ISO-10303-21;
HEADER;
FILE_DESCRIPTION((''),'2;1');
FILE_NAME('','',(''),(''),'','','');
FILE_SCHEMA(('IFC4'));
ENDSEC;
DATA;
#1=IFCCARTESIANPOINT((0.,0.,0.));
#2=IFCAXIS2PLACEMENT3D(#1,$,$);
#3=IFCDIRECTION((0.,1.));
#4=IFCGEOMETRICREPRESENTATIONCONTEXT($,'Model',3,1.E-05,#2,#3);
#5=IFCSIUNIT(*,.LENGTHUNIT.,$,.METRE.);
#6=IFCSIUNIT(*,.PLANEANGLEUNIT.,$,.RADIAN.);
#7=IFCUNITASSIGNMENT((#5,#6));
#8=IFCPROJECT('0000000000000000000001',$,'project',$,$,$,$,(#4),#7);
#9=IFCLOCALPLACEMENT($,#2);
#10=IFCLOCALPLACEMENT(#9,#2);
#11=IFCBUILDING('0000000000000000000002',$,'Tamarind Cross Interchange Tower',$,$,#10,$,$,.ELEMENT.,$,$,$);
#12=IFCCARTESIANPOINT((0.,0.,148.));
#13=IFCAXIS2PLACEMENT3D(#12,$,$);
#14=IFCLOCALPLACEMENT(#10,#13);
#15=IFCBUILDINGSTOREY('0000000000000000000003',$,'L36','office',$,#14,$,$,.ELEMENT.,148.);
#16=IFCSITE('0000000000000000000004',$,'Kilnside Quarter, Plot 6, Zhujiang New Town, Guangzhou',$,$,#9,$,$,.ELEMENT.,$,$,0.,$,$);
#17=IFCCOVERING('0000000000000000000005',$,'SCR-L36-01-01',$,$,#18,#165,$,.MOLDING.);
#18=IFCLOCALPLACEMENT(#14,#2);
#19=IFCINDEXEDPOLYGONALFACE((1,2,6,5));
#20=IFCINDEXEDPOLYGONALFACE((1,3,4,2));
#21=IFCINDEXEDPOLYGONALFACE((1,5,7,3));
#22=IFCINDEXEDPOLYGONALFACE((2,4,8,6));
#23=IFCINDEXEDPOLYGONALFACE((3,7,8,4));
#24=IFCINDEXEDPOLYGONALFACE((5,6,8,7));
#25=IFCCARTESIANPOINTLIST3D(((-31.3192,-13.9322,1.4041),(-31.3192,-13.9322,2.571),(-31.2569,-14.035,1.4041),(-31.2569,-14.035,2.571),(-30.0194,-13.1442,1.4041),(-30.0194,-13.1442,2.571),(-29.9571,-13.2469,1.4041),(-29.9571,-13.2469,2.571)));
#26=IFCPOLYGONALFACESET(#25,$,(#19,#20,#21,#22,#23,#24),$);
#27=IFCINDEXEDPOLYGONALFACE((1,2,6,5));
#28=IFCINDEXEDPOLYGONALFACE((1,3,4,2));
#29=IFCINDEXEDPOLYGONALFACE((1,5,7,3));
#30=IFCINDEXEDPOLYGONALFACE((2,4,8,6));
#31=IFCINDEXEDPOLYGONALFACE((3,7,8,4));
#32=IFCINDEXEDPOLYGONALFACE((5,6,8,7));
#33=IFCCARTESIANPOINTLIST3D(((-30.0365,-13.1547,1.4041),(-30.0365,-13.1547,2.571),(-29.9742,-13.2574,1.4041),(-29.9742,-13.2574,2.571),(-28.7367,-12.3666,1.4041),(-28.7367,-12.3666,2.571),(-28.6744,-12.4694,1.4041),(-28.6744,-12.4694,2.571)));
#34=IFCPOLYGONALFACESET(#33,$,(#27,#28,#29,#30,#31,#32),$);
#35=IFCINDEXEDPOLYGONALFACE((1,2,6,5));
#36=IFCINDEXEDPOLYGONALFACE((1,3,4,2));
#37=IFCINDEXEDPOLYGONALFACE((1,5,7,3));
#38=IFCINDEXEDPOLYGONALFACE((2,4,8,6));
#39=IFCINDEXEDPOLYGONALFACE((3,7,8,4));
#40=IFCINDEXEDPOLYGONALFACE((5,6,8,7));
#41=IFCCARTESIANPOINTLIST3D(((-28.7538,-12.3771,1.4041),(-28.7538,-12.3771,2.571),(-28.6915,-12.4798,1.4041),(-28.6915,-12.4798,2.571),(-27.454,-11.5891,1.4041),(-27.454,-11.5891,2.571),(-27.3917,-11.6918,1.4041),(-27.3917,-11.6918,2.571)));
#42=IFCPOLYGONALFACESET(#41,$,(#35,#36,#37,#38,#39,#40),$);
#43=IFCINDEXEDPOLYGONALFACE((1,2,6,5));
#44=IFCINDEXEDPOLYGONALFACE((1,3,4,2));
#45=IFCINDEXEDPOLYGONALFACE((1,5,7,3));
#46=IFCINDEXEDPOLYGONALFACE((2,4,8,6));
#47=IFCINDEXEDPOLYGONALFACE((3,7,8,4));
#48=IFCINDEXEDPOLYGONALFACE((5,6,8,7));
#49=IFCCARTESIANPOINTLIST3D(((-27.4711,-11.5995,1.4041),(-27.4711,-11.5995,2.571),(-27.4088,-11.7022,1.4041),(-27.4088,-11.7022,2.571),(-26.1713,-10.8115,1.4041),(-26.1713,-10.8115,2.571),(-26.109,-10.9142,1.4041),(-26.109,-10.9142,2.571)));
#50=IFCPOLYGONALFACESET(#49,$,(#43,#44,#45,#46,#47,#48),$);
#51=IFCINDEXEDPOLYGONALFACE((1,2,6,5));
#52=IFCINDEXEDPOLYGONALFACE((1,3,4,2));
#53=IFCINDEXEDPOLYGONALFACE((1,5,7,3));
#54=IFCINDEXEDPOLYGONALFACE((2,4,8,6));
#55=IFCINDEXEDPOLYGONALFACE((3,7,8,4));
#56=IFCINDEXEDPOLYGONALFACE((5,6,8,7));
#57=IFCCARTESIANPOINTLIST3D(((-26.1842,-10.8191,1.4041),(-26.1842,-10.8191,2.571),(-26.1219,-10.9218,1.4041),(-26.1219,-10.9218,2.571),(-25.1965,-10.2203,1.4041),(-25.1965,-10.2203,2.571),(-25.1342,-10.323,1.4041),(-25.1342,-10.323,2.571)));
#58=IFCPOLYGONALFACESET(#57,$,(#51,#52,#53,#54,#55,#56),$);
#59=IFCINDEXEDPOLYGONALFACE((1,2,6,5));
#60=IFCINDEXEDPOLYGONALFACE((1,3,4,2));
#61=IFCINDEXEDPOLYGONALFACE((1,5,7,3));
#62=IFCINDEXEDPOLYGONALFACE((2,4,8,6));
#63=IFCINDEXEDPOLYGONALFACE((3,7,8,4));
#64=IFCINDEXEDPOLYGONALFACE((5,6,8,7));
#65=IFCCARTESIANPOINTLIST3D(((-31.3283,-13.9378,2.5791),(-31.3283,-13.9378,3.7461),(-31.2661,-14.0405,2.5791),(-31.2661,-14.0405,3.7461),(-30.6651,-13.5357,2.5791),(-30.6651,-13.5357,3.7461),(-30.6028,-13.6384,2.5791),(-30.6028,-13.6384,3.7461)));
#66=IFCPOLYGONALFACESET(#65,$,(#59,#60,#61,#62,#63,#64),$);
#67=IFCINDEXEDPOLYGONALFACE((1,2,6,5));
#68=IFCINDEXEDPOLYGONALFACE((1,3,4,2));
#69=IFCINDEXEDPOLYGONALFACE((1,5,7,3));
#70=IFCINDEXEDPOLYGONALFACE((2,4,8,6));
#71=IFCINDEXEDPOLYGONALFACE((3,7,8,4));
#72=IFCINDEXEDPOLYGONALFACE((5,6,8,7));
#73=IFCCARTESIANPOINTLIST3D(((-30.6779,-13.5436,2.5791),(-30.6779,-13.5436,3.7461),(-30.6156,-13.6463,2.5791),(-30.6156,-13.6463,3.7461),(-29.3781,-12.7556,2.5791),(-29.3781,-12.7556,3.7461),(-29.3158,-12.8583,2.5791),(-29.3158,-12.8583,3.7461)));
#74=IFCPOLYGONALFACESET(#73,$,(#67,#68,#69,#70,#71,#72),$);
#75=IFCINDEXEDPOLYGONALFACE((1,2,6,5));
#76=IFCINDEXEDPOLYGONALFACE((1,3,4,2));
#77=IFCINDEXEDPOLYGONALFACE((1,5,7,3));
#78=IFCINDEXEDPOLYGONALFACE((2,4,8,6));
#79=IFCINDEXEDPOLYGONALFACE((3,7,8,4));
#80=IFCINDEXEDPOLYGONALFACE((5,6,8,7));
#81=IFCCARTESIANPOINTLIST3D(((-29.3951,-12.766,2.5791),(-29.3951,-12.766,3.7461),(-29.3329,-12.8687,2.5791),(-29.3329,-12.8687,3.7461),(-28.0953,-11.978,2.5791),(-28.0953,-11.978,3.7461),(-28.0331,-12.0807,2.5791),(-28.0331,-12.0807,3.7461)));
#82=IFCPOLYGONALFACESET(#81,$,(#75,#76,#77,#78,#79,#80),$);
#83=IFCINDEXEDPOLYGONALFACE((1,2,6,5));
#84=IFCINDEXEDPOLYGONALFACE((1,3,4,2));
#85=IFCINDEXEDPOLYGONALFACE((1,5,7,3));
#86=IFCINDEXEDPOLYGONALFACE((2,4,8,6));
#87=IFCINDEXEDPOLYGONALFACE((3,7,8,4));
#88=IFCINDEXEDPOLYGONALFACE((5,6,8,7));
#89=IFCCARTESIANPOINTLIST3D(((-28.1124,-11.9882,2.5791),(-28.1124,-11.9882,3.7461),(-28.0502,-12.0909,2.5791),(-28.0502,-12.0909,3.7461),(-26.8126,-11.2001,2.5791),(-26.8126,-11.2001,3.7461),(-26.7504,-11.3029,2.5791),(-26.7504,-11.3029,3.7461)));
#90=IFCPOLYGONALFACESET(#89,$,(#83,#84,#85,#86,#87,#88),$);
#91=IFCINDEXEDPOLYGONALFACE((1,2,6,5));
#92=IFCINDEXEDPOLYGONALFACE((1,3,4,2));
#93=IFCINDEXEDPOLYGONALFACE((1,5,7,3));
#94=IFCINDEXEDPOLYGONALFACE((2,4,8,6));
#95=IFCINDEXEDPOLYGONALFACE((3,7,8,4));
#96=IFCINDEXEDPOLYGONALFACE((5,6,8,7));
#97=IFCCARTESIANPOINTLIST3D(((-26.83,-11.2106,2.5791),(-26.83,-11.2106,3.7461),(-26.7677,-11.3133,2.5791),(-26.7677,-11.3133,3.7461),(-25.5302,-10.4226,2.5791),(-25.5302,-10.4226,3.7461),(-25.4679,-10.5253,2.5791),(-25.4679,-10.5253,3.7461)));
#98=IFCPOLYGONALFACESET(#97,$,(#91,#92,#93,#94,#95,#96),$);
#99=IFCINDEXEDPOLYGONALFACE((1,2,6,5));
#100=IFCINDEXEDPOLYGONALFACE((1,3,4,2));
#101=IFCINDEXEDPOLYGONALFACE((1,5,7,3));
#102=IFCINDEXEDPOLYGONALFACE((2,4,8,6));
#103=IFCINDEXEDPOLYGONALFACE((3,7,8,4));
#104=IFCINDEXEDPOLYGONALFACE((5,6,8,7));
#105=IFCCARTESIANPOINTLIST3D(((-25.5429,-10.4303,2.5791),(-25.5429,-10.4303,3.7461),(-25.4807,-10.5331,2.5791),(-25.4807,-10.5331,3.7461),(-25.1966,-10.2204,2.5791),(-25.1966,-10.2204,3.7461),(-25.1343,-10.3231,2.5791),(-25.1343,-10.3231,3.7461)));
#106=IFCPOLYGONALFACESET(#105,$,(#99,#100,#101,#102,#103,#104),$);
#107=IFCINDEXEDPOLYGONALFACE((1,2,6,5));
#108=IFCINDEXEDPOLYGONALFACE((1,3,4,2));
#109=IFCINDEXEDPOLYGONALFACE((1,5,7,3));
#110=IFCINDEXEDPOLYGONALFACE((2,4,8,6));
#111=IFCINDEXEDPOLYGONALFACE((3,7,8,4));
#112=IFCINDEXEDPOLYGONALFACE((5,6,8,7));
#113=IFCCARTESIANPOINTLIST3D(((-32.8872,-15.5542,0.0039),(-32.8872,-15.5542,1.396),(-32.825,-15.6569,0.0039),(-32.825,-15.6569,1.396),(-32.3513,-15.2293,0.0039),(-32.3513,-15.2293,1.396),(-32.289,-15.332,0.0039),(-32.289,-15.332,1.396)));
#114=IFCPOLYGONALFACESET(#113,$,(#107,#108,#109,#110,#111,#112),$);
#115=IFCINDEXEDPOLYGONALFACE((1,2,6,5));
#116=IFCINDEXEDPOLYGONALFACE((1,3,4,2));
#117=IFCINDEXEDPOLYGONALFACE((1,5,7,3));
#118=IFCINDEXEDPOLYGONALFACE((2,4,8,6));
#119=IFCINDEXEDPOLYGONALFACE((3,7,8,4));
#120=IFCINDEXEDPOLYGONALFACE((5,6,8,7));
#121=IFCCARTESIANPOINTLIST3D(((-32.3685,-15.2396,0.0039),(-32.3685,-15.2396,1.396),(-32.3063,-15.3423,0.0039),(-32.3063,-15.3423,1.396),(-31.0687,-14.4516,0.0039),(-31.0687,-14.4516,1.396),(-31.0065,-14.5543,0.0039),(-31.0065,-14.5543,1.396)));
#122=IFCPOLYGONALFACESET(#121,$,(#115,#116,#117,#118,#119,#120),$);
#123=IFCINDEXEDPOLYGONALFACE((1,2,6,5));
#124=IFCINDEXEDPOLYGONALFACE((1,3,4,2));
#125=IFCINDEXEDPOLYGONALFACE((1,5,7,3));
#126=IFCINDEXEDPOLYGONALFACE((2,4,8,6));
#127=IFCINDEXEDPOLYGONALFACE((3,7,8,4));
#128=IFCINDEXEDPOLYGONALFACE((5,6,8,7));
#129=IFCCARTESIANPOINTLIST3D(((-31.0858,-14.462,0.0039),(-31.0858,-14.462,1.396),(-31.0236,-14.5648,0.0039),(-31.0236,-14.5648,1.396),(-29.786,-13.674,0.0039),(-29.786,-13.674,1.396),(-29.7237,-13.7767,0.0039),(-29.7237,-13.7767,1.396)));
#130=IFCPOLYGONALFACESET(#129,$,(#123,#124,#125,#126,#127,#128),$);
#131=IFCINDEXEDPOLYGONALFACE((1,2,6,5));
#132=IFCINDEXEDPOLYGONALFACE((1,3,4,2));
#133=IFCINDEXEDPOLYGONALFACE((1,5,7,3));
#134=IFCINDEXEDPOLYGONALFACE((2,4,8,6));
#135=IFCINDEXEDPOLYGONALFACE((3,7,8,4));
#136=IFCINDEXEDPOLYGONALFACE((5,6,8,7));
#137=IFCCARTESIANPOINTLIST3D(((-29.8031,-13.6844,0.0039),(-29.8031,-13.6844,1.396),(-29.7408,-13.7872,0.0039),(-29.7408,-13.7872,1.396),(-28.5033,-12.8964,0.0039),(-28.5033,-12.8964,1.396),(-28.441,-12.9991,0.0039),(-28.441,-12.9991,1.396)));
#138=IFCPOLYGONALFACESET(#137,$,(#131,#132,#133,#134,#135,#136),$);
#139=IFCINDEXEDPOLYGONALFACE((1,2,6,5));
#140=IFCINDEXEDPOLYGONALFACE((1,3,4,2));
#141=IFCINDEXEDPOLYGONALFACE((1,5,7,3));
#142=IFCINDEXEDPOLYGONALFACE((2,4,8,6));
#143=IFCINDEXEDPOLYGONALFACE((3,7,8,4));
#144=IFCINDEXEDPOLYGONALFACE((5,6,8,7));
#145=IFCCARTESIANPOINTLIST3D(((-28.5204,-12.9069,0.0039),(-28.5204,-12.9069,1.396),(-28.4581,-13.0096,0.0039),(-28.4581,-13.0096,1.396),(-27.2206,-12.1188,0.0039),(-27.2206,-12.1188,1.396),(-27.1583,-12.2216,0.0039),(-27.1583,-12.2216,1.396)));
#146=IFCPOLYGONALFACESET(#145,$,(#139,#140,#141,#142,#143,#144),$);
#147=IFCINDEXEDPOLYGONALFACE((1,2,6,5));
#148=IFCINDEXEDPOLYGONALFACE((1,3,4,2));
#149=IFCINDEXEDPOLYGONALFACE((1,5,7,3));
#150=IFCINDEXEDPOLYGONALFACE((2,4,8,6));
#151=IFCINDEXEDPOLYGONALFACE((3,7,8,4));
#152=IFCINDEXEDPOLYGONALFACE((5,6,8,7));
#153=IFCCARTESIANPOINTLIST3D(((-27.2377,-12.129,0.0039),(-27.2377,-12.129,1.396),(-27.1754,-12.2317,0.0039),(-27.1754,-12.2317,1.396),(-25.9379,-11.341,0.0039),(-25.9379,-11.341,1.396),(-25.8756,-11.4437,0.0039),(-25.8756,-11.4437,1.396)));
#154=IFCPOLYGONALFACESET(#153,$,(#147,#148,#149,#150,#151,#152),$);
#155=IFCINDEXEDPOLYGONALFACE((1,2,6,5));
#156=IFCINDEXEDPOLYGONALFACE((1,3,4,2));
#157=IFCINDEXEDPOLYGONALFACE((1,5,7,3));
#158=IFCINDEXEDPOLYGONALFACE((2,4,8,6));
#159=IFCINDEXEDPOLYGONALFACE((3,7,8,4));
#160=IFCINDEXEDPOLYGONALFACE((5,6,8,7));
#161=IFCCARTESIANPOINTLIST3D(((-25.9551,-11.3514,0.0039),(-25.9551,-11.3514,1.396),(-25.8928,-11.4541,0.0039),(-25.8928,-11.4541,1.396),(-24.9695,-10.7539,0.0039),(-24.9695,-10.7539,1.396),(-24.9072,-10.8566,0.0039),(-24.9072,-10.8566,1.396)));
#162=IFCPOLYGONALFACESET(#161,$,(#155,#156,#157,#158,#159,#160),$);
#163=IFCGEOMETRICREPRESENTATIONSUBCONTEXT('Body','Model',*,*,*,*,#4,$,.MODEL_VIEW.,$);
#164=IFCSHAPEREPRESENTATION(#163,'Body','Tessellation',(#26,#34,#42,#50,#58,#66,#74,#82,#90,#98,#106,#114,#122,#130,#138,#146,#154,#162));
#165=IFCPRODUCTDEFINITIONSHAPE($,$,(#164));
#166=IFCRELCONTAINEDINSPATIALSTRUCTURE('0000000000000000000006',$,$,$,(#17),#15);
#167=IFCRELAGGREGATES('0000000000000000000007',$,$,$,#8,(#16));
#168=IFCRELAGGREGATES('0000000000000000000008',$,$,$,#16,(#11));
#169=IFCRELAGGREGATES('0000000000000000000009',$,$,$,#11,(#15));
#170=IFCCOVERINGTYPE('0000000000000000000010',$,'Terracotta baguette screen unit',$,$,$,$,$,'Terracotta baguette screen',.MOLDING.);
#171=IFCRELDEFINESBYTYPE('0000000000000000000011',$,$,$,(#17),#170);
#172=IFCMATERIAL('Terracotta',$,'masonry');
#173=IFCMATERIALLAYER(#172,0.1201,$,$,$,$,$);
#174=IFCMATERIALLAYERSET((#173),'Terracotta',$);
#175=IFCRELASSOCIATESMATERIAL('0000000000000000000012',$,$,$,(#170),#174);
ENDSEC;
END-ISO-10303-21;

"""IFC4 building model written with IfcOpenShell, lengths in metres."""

from ifc_helpers import new_model, si_unit, direction, frame, origin, origin_2d, place, context, subcontext, project, spatial, rectangle, extrude, material, layer, layer_set, type_object, element, save


model = new_model("IFC4")

# Units and contexts
model_context = context("Model", 3, precision=1e-05, world=origin(), true_north=direction((0.0, 1.0)))
body_context = subcontext(model_context, "Body", "Model", "MODEL_VIEW")
ifc_project = project(units=[si_unit("LENGTHUNIT", "METRE"), si_unit("PLANEANGLEUNIT", "RADIAN")], contexts=[model_context])

# Site, building, storey
site_placement = place(None, origin())
site = spatial("IfcSite", under=ifc_project, at=site_placement, Name="Kilnside Quarter, Plot 6, Zhujiang New Town, Guangzhou", CompositionType="ELEMENT", RefElevation=0.0)
building_placement = place(site_placement, origin())
building = spatial("IfcBuilding", under=site, at=building_placement, Name="Tamarind Cross Interchange Tower", CompositionType="ELEMENT")
storey_placement = place(building_placement, frame((0.0, 0.0, 148.0)))
storey = spatial("IfcBuildingStorey", under=building, at=storey_placement, Name="L36", Description="office", CompositionType="ELEMENT", Elevation=148.0)

# Covering
ifc_material_1 = material(Name="Terracotta", Category="masonry")
ifc_layer_1 = layer(ifc_material_1, 0.1201)
ifc_layer_set_1 = layer_set([ifc_layer_1], Name="Terracotta")
covering_type = type_object("IfcCoveringType", Name="Terracotta baguette screen unit", ElementType="Terracotta baguette screen", PredefinedType="MOLDING", material=ifc_layer_set_1)
covering_1_placement = place(storey_placement, origin())
element("IfcCovering", 1, at=covering_1_placement, inside=storey, type_object=covering_type, Name="SCR-L36-01-01", PredefinedType="MOLDING", context=body_context, shape_type="SweptSolid", body=[
    extrude(rectangle(XDim=1.52, YDim=0.1201, at=origin_2d()), frame((-30.6382, -13.5896, 1.4041), z_axis=(0.0, 0.0, 1.0), x_axis=(0.855123, 0.518425, 0.0)), (0.0, 0.0, 1.0), 1.167),
    extrude(rectangle(XDim=1.52, YDim=0.1201, at=origin_2d()), frame((-29.3555, -12.812, 1.4041), z_axis=(0.0, 0.0, 1.0), x_axis=(0.855123, 0.518425, 0.0)), (0.0, 0.0, 1.0), 1.167),
    extrude(rectangle(XDim=1.52, YDim=0.1201, at=origin_2d()), frame((-28.0728, -12.0344, 1.4041), z_axis=(0.0, 0.0, 1.0), x_axis=(0.855123, 0.518425, 0.0)), (0.0, 0.0, 1.0), 1.167),
    extrude(rectangle(XDim=1.52, YDim=0.1201, at=origin_2d()), frame((-26.79, -11.2568, 1.4041), z_axis=(0.0, 0.0, 1.0), x_axis=(0.855123, 0.518425, 0.0)), (0.0, 0.0, 1.0), 1.167),
    extrude(rectangle(XDim=1.155, YDim=0.1201, at=origin_2d()), frame((-25.6592, -10.571, 1.4041), z_axis=(0.0, 0.0, 1.0), x_axis=(0.855123, 0.518425, 0.0)), (0.0, 0.0, 1.0), 1.167),
    extrude(rectangle(XDim=0.7756, YDim=0.1201, at=origin_2d()), frame((-30.9656, -13.7881, 2.5791), z_axis=(0.0, 0.0, 1.0), x_axis=(0.855123, 0.518425, 0.0)), (0.0, 0.0, 1.0), 1.167),
    extrude(rectangle(XDim=1.52, YDim=0.1201, at=origin_2d()), frame((-29.9968, -13.2009, 2.5791), z_axis=(0.0, 0.0, 1.0), x_axis=(0.855123, 0.518425, 0.0)), (0.0, 0.0, 1.0), 1.167),
    extrude(rectangle(XDim=1.52, YDim=0.1201, at=origin_2d()), frame((-28.7141, -12.4233, 2.5791), z_axis=(0.0, 0.0, 1.0), x_axis=(0.855123, 0.518425, 0.0)), (0.0, 0.0, 1.0), 1.167),
    extrude(rectangle(XDim=1.52, YDim=0.1201, at=origin_2d()), frame((-27.4314, -11.6455, 2.5791), z_axis=(0.0, 0.0, 1.0), x_axis=(0.855123, 0.518425, 0.0)), (0.0, 0.0, 1.0), 1.167),
    extrude(rectangle(XDim=1.52, YDim=0.1201, at=origin_2d()), frame((-26.1489, -10.8679, 2.5791), z_axis=(0.0, 0.0, 1.0), x_axis=(0.855123, 0.518425, 0.0)), (0.0, 0.0, 1.0), 1.167),
    extrude(rectangle(XDim=0.405, YDim=0.1201, at=origin_2d()), frame((-25.3386, -10.3767, 2.5791), z_axis=(0.0, 0.0, 1.0), x_axis=(0.855123, 0.518425, 0.0)), (0.0, 0.0, 1.0), 1.167),
    extrude(rectangle(XDim=0.6267, YDim=0.1201, at=origin_2d()), frame((-32.5881, -15.4431, 0.0039), z_axis=(0.0, 0.0, 1.0), x_axis=(0.855123, 0.518425, 0.0)), (0.0, 0.0, 1.0), 1.3921),
    extrude(rectangle(XDim=1.52, YDim=0.1201, at=origin_2d()), frame((-31.6875, -14.897, 0.0039), z_axis=(0.0, 0.0, 1.0), x_axis=(0.855123, 0.518425, 0.0)), (0.0, 0.0, 1.0), 1.3921),
    extrude(rectangle(XDim=1.52, YDim=0.1201, at=origin_2d()), frame((-30.4048, -14.1194, 0.0039), z_axis=(0.0, 0.0, 1.0), x_axis=(0.855123, 0.518425, 0.0)), (0.0, 0.0, 1.0), 1.3921),
    extrude(rectangle(XDim=1.52, YDim=0.1201, at=origin_2d()), frame((-29.1221, -13.3418, 0.0039), z_axis=(0.0, 0.0, 1.0), x_axis=(0.855123, 0.518425, 0.0)), (0.0, 0.0, 1.0), 1.3921),
    extrude(rectangle(XDim=1.52, YDim=0.1201, at=origin_2d()), frame((-27.8394, -12.5642, 0.0039), z_axis=(0.0, 0.0, 1.0), x_axis=(0.855123, 0.518425, 0.0)), (0.0, 0.0, 1.0), 1.3921),
    extrude(rectangle(XDim=1.52, YDim=0.1201, at=origin_2d()), frame((-26.5566, -11.7864, 0.0039), z_axis=(0.0, 0.0, 1.0), x_axis=(0.855123, 0.518425, 0.0)), (0.0, 0.0, 1.0), 1.3921),
    extrude(rectangle(XDim=1.1526, YDim=0.1201, at=origin_2d()), frame((-25.4312, -11.104, 0.0039), z_axis=(0.0, 0.0, 1.0), x_axis=(0.855123, 0.518425, 0.0)), (0.0, 0.0, 1.0), 1.3921),
])

save(model, "model.ifc")
